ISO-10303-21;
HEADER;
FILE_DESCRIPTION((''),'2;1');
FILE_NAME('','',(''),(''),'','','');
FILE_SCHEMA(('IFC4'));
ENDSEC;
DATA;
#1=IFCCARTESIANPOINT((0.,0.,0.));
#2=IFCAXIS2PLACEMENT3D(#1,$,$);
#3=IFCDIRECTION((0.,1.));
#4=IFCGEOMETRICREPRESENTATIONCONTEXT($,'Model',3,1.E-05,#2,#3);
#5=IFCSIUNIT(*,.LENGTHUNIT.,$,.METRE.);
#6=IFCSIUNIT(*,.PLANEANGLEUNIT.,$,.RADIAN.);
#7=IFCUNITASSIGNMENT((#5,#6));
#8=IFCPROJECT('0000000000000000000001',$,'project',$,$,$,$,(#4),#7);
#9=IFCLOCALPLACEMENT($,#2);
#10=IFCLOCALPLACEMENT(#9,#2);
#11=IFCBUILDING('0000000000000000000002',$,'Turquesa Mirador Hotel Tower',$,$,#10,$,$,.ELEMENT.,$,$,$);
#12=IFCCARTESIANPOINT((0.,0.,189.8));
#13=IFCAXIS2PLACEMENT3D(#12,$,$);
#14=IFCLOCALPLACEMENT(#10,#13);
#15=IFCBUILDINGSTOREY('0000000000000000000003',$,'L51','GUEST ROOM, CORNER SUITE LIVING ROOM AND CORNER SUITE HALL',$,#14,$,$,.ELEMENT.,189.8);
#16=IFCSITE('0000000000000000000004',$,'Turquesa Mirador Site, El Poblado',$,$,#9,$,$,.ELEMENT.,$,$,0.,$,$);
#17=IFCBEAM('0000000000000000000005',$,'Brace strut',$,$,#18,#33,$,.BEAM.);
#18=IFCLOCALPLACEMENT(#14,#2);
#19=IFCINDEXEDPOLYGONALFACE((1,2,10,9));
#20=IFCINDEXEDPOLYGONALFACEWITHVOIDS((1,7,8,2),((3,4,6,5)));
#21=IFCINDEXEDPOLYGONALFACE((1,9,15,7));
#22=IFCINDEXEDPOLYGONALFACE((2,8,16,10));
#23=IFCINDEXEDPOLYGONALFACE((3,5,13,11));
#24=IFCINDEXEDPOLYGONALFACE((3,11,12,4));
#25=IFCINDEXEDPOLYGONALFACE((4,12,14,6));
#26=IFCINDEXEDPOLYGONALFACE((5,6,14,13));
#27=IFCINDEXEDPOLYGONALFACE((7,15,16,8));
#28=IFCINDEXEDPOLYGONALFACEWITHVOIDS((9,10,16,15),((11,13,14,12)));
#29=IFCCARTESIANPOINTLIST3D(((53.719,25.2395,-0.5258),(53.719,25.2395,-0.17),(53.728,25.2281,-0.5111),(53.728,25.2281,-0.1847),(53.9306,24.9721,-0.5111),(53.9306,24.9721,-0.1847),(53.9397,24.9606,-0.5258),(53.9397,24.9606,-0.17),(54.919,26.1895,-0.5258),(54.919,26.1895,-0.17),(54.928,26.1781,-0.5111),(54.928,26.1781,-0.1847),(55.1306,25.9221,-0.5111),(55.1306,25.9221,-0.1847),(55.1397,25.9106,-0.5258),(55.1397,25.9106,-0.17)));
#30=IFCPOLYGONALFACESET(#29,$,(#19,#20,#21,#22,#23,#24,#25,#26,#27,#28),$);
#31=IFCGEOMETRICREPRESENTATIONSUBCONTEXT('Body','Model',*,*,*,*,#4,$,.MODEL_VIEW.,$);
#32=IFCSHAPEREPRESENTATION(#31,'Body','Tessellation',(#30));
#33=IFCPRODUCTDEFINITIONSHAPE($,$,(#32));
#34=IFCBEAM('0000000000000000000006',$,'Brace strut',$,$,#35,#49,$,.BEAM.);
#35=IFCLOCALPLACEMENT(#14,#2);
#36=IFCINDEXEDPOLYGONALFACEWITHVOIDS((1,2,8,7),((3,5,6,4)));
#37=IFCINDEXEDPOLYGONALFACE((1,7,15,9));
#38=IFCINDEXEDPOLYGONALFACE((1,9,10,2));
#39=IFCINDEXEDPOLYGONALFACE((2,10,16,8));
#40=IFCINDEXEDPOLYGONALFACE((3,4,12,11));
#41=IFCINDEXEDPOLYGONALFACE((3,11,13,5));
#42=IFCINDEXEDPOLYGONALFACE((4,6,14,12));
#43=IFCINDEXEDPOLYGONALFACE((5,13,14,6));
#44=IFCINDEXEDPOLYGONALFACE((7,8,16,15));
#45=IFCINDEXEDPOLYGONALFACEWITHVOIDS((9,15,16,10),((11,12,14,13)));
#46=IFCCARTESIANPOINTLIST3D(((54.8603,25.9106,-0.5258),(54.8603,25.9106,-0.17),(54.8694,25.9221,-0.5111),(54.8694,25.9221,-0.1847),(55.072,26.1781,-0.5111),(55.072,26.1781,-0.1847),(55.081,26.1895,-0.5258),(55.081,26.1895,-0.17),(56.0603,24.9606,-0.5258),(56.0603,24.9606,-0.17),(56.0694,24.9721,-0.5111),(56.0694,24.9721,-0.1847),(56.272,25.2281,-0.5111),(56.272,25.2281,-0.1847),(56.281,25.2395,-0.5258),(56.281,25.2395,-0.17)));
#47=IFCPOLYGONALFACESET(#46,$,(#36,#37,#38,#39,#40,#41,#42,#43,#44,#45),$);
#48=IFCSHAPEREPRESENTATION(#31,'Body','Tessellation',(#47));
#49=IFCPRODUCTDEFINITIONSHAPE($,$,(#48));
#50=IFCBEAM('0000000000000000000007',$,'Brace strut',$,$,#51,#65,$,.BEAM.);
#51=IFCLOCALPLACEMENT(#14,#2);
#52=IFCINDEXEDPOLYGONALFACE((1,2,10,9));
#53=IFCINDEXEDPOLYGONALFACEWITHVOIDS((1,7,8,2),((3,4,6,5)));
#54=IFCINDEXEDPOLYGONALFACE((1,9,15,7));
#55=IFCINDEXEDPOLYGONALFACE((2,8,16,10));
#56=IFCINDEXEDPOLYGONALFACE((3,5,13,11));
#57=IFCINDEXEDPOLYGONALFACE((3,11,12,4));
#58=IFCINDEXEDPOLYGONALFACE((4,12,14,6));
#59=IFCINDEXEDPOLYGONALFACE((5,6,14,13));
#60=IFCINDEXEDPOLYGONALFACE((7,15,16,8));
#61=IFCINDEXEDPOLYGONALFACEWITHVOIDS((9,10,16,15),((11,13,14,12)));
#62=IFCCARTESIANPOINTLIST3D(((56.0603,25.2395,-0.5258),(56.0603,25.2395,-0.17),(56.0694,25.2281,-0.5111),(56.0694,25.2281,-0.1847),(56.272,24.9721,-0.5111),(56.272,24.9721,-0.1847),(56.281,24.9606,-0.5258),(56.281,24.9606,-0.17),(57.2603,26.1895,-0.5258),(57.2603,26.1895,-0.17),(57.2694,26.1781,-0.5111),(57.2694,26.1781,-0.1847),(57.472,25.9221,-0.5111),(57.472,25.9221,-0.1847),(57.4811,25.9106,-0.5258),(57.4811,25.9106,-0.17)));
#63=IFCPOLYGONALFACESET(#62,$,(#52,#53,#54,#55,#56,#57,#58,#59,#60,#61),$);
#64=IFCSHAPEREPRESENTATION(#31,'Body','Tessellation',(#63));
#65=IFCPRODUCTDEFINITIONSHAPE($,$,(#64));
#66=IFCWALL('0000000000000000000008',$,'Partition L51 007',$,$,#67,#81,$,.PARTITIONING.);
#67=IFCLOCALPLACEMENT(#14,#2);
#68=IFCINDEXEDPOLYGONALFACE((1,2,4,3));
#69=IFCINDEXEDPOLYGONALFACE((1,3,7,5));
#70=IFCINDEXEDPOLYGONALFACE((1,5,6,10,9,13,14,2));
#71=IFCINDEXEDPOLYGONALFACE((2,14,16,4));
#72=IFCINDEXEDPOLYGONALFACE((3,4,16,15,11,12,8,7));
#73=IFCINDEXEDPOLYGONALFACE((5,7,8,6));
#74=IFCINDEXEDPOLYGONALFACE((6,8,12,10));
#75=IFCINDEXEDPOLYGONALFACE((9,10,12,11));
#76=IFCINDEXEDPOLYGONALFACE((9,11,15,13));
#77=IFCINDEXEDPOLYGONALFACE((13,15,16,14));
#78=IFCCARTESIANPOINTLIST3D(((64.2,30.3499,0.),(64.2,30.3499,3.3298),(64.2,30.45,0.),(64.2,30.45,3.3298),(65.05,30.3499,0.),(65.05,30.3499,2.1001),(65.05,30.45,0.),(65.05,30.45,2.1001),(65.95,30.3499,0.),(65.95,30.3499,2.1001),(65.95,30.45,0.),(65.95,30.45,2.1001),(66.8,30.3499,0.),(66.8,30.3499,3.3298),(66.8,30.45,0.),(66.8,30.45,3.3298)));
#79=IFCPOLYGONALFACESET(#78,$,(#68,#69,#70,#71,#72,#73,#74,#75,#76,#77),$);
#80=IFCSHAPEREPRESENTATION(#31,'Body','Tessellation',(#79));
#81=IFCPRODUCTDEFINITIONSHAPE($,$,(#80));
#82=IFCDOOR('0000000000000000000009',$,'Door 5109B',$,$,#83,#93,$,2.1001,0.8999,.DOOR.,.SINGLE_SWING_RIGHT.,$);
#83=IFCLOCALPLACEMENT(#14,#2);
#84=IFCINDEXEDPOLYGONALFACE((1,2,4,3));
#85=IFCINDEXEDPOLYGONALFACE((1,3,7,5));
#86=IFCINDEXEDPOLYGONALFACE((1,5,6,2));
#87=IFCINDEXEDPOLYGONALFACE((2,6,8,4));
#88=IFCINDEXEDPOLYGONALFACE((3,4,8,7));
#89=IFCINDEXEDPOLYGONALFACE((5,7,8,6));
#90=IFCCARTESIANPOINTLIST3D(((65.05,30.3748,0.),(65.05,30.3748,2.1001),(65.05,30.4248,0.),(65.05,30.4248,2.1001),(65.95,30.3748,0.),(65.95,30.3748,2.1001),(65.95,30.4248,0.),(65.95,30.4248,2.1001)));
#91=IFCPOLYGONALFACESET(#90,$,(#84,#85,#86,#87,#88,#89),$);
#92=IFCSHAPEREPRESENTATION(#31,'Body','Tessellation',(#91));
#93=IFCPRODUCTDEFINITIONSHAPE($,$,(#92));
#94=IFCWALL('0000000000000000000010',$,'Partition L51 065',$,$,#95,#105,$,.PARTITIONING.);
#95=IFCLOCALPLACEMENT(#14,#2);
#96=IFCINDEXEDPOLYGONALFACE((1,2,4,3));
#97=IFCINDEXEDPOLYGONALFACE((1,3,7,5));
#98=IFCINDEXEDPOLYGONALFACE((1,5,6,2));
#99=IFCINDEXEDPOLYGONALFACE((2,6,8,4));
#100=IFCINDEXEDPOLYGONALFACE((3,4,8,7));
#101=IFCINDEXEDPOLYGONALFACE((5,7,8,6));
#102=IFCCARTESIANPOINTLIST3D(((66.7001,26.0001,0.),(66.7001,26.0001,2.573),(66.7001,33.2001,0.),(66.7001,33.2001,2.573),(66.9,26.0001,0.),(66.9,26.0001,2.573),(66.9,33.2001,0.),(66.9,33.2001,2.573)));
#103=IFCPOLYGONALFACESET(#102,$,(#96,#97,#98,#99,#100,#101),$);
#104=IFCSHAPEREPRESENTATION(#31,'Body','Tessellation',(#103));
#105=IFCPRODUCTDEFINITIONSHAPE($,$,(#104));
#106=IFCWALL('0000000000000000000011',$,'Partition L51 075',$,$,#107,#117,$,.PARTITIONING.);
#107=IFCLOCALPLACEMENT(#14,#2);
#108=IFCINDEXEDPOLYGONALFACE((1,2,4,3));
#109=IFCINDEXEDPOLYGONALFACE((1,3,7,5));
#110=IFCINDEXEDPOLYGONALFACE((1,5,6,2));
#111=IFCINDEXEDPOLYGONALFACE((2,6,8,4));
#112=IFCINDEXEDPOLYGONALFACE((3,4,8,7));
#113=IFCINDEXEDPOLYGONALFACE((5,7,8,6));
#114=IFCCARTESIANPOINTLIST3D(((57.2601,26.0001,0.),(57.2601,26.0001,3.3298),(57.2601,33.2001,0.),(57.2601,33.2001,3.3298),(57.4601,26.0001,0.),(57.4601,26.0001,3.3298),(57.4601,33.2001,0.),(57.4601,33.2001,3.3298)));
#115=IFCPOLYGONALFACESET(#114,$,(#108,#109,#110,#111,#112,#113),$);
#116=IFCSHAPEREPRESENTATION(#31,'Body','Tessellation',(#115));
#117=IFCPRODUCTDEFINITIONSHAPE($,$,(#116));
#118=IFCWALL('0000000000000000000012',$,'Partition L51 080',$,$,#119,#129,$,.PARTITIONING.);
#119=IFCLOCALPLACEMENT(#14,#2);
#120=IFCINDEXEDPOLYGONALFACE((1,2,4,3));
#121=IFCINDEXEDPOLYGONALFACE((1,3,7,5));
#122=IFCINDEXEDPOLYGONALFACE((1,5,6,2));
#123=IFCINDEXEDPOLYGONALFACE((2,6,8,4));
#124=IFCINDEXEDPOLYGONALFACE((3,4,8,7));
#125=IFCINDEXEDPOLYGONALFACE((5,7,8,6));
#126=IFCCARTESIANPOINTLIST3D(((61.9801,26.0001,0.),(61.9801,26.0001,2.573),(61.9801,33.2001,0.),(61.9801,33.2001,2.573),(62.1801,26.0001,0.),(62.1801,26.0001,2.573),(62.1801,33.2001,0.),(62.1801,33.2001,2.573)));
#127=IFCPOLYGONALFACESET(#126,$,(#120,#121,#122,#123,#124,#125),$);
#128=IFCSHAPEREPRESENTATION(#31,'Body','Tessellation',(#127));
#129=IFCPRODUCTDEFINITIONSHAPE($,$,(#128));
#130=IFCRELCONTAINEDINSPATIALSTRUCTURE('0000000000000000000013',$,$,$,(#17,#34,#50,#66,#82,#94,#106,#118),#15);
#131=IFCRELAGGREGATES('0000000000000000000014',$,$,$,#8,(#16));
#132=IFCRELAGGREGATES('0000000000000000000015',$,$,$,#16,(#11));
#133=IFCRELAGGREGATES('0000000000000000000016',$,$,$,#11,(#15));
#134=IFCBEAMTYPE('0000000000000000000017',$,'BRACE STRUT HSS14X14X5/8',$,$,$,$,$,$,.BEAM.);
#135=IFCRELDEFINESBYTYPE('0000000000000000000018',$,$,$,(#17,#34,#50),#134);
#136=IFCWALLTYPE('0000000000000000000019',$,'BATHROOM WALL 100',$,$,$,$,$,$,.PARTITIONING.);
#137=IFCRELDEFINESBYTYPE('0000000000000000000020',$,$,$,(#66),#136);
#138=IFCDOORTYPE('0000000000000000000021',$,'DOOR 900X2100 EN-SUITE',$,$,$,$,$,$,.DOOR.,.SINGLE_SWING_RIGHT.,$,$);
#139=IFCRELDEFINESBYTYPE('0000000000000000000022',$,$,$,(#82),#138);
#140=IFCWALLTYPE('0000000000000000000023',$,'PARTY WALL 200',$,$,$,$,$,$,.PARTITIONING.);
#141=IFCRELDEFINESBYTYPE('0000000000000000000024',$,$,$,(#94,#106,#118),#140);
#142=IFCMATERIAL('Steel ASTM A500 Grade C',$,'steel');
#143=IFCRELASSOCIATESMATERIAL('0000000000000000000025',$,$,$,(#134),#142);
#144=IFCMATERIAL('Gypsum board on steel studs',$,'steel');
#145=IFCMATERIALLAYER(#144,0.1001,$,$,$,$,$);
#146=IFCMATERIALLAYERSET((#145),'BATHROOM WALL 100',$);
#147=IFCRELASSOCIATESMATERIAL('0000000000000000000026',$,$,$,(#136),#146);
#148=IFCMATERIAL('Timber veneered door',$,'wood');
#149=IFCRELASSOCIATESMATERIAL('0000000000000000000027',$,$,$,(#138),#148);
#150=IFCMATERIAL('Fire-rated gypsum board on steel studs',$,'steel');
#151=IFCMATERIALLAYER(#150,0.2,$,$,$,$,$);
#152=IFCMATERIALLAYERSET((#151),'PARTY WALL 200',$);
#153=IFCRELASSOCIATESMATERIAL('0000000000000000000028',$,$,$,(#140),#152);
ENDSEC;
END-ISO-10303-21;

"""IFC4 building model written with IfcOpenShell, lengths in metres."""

from ifc_helpers import new_model, si_unit, direction, frame, frame_2d, origin, origin_2d, place, context, subcontext, project, spatial, rectangle, hollow_rectangle, extrude, material, layer, layer_set, material_profile, profile_set, type_object, element, fill, save


model = new_model("IFC4")

# Units and contexts
model_context = context("Model", 3, precision=1e-05, world=origin(), true_north=direction((0.0, 1.0)))
body_context = subcontext(model_context, "Body", "Model", "MODEL_VIEW")
ifc_project = project(units=[si_unit("LENGTHUNIT", "METRE"), si_unit("PLANEANGLEUNIT", "RADIAN")], contexts=[model_context])

# Site, building, storey
site_placement = place(None, origin())
site = spatial("IfcSite", under=ifc_project, at=site_placement, Name="Turquesa Mirador Site, El Poblado", CompositionType="ELEMENT", RefElevation=0.0)
building_placement = place(site_placement, origin())
building = spatial("IfcBuilding", under=site, at=building_placement, Name="Turquesa Mirador Hotel Tower", CompositionType="ELEMENT")
storey_placement = place(building_placement, frame((0.0, 0.0, 189.8)))
storey = spatial("IfcBuildingStorey", under=building, at=storey_placement, Name="L51", Description="GUEST ROOM, CORNER SUITE LIVING ROOM AND CORNER SUITE HALL", CompositionType="ELEMENT", Elevation=189.8)

# Beams
ifc_material_1 = material(Name="Steel ASTM A500 Grade C", Category="steel")
ifc_material_profile_1 = material_profile(ifc_material_1, hollow_rectangle(XDim=0.3557, YDim=0.3557, WallThickness=0.0146, at=origin_2d()), Name="HSS14X14X5/8")
ifc_profile_set_1 = profile_set([ifc_material_profile_1], Name="Steel ASTM A500 Grade C")
beam_type_1 = type_object("IfcBeamType", Name="BRACE STRUT HSS14X14X5/8", PredefinedType="BEAM", material=ifc_profile_set_1)
for number, where, z_axis, x_axis, name in (
    (1, (53.8293, 25.1001, -0.3479), (0.784049, 0.620699, 0.0), (-0.620699, 0.784049, 0.0), "Brace strut"),
    (2, (56.1707, 25.1001, -0.3479), (-0.784049, 0.620699, 0.0), (-0.620699, -0.784049, 0.0), "Brace strut"),
    (3, (56.1707, 25.1001, -0.3479), (0.784049, 0.620699, 0.0), (-0.620699, 0.784049, 0.0), "Brace strut"),
):
    element("IfcBeam", number, at=place(storey_placement, frame(where, z_axis=z_axis, x_axis=x_axis)), inside=storey, type_object=beam_type_1, Name=name, PredefinedType="BEAM", context=body_context, shape_type="SweptSolid", body=[
        extrude(hollow_rectangle(XDim=0.3557, YDim=0.3557, WallThickness=0.0146, at=origin_2d()), origin(), (0.0, 0.0, 1.0), 1.5305),
    ])

# Wall, opening, door
ifc_material_2 = material(Name="Gypsum board on steel studs", Category="steel")
ifc_layer_1 = layer(ifc_material_2, 0.1001)
ifc_layer_set_1 = layer_set([ifc_layer_1], Name="BATHROOM WALL 100")
wall_type_1 = type_object("IfcWallType", Name="BATHROOM WALL 100", PredefinedType="PARTITIONING", material=ifc_layer_set_1)
wall_1_placement = place(storey_placement, frame((64.2, 30.3999, 0.0), z_axis=(0.0, 0.0, 1.0), x_axis=(1.0, 0.0, 0.0)))
wall_1 = element("IfcWall", 4, at=wall_1_placement, inside=storey, type_object=wall_type_1, Name="Partition L51 007", PredefinedType="PARTITIONING", context=body_context, shape_type="SweptSolid", body=[
    extrude(rectangle(XDim=2.6001, YDim=0.1001, at=frame_2d((1.3, 0.0))), origin(), (0.0, 0.0, 1.0), 3.3298),
])
opening_placement = place(wall_1_placement, frame((0.8501, 0.0, 0.0)))
opening = element("IfcOpeningElement", 5, at=opening_placement, cuts=wall_1, PredefinedType="OPENING", context=body_context, shape_type="SweptSolid", body=[
    extrude(rectangle(XDim=0.8999, YDim=2.1001, at=frame_2d((0.45, 1.05))), frame((0.0, 0.0601, 0.0), z_axis=(0.0, -1.0, 0.0), x_axis=(1.0, 0.0, 0.0)), (0.0, 0.0, 1.0), 0.1201),
])
ifc_material_3 = material(Name="Timber veneered door", Category="wood")
door_type = type_object("IfcDoorType", Name="DOOR 900X2100 EN-SUITE", OperationType="SINGLE_SWING_RIGHT", PredefinedType="DOOR", material=ifc_material_3)
door_placement = place(opening_placement, origin())
door = element("IfcDoor", 6, at=door_placement, inside=storey, type_object=door_type, Name="Door 5109B", OperationType="SINGLE_SWING_RIGHT", OverallHeight=2.1001, OverallWidth=0.8999, PredefinedType="DOOR", context=body_context, shape_type="SweptSolid", body=[
    extrude(rectangle(XDim=0.8999, YDim=2.1001, at=frame_2d((0.45, 1.05))), frame((0.0, 0.0249, 0.0), z_axis=(0.0, -1.0, 0.0), x_axis=(1.0, 0.0, 0.0)), (0.0, 0.0, 1.0), 0.05),
])
fill(opening, door)

# Walls
ifc_material_4 = material(Name="Fire-rated gypsum board on steel studs", Category="steel")
ifc_layer_2 = layer(ifc_material_4, 0.2)
ifc_layer_set_2 = layer_set([ifc_layer_2], Name="PARTY WALL 200")
wall_type_2 = type_object("IfcWallType", Name="PARTY WALL 200", PredefinedType="PARTITIONING", material=ifc_layer_set_2)
wall_2_placement = place(storey_placement, frame((66.8, 26.0, 0.0), z_axis=(0.0, 0.0, 1.0), x_axis=(0.0, 1.0, 0.0)))
element("IfcWall", 7, at=wall_2_placement, inside=storey, type_object=wall_type_2, Name="Partition L51 065", PredefinedType="PARTITIONING", context=body_context, shape_type="SweptSolid", body=[
    extrude(rectangle(XDim=7.2, YDim=0.2, at=frame_2d((3.6001, 0.0))), origin(), (0.0, 0.0, 1.0), 2.573),
])
wall_3_placement = place(storey_placement, frame((57.3601, 26.0, 0.0), z_axis=(0.0, 0.0, 1.0), x_axis=(0.0, 1.0, 0.0)))
element("IfcWall", 8, at=wall_3_placement, inside=storey, type_object=wall_type_2, Name="Partition L51 075", PredefinedType="PARTITIONING", context=body_context, shape_type="SweptSolid", body=[
    extrude(rectangle(XDim=7.2, YDim=0.2, at=frame_2d((3.6001, 0.0))), origin(), (0.0, 0.0, 1.0), 3.3298),
])
wall_4_placement = place(storey_placement, frame((62.0801, 26.0, 0.0), z_axis=(0.0, 0.0, 1.0), x_axis=(0.0, 1.0, 0.0)))
element("IfcWall", 9, at=wall_4_placement, inside=storey, type_object=wall_type_2, Name="Partition L51 080", PredefinedType="PARTITIONING", context=body_context, shape_type="SweptSolid", body=[
    extrude(rectangle(XDim=7.2, YDim=0.2, at=frame_2d((3.6001, 0.0))), origin(), (0.0, 0.0, 1.0), 2.573),
])

save(model, "model.ifc")
